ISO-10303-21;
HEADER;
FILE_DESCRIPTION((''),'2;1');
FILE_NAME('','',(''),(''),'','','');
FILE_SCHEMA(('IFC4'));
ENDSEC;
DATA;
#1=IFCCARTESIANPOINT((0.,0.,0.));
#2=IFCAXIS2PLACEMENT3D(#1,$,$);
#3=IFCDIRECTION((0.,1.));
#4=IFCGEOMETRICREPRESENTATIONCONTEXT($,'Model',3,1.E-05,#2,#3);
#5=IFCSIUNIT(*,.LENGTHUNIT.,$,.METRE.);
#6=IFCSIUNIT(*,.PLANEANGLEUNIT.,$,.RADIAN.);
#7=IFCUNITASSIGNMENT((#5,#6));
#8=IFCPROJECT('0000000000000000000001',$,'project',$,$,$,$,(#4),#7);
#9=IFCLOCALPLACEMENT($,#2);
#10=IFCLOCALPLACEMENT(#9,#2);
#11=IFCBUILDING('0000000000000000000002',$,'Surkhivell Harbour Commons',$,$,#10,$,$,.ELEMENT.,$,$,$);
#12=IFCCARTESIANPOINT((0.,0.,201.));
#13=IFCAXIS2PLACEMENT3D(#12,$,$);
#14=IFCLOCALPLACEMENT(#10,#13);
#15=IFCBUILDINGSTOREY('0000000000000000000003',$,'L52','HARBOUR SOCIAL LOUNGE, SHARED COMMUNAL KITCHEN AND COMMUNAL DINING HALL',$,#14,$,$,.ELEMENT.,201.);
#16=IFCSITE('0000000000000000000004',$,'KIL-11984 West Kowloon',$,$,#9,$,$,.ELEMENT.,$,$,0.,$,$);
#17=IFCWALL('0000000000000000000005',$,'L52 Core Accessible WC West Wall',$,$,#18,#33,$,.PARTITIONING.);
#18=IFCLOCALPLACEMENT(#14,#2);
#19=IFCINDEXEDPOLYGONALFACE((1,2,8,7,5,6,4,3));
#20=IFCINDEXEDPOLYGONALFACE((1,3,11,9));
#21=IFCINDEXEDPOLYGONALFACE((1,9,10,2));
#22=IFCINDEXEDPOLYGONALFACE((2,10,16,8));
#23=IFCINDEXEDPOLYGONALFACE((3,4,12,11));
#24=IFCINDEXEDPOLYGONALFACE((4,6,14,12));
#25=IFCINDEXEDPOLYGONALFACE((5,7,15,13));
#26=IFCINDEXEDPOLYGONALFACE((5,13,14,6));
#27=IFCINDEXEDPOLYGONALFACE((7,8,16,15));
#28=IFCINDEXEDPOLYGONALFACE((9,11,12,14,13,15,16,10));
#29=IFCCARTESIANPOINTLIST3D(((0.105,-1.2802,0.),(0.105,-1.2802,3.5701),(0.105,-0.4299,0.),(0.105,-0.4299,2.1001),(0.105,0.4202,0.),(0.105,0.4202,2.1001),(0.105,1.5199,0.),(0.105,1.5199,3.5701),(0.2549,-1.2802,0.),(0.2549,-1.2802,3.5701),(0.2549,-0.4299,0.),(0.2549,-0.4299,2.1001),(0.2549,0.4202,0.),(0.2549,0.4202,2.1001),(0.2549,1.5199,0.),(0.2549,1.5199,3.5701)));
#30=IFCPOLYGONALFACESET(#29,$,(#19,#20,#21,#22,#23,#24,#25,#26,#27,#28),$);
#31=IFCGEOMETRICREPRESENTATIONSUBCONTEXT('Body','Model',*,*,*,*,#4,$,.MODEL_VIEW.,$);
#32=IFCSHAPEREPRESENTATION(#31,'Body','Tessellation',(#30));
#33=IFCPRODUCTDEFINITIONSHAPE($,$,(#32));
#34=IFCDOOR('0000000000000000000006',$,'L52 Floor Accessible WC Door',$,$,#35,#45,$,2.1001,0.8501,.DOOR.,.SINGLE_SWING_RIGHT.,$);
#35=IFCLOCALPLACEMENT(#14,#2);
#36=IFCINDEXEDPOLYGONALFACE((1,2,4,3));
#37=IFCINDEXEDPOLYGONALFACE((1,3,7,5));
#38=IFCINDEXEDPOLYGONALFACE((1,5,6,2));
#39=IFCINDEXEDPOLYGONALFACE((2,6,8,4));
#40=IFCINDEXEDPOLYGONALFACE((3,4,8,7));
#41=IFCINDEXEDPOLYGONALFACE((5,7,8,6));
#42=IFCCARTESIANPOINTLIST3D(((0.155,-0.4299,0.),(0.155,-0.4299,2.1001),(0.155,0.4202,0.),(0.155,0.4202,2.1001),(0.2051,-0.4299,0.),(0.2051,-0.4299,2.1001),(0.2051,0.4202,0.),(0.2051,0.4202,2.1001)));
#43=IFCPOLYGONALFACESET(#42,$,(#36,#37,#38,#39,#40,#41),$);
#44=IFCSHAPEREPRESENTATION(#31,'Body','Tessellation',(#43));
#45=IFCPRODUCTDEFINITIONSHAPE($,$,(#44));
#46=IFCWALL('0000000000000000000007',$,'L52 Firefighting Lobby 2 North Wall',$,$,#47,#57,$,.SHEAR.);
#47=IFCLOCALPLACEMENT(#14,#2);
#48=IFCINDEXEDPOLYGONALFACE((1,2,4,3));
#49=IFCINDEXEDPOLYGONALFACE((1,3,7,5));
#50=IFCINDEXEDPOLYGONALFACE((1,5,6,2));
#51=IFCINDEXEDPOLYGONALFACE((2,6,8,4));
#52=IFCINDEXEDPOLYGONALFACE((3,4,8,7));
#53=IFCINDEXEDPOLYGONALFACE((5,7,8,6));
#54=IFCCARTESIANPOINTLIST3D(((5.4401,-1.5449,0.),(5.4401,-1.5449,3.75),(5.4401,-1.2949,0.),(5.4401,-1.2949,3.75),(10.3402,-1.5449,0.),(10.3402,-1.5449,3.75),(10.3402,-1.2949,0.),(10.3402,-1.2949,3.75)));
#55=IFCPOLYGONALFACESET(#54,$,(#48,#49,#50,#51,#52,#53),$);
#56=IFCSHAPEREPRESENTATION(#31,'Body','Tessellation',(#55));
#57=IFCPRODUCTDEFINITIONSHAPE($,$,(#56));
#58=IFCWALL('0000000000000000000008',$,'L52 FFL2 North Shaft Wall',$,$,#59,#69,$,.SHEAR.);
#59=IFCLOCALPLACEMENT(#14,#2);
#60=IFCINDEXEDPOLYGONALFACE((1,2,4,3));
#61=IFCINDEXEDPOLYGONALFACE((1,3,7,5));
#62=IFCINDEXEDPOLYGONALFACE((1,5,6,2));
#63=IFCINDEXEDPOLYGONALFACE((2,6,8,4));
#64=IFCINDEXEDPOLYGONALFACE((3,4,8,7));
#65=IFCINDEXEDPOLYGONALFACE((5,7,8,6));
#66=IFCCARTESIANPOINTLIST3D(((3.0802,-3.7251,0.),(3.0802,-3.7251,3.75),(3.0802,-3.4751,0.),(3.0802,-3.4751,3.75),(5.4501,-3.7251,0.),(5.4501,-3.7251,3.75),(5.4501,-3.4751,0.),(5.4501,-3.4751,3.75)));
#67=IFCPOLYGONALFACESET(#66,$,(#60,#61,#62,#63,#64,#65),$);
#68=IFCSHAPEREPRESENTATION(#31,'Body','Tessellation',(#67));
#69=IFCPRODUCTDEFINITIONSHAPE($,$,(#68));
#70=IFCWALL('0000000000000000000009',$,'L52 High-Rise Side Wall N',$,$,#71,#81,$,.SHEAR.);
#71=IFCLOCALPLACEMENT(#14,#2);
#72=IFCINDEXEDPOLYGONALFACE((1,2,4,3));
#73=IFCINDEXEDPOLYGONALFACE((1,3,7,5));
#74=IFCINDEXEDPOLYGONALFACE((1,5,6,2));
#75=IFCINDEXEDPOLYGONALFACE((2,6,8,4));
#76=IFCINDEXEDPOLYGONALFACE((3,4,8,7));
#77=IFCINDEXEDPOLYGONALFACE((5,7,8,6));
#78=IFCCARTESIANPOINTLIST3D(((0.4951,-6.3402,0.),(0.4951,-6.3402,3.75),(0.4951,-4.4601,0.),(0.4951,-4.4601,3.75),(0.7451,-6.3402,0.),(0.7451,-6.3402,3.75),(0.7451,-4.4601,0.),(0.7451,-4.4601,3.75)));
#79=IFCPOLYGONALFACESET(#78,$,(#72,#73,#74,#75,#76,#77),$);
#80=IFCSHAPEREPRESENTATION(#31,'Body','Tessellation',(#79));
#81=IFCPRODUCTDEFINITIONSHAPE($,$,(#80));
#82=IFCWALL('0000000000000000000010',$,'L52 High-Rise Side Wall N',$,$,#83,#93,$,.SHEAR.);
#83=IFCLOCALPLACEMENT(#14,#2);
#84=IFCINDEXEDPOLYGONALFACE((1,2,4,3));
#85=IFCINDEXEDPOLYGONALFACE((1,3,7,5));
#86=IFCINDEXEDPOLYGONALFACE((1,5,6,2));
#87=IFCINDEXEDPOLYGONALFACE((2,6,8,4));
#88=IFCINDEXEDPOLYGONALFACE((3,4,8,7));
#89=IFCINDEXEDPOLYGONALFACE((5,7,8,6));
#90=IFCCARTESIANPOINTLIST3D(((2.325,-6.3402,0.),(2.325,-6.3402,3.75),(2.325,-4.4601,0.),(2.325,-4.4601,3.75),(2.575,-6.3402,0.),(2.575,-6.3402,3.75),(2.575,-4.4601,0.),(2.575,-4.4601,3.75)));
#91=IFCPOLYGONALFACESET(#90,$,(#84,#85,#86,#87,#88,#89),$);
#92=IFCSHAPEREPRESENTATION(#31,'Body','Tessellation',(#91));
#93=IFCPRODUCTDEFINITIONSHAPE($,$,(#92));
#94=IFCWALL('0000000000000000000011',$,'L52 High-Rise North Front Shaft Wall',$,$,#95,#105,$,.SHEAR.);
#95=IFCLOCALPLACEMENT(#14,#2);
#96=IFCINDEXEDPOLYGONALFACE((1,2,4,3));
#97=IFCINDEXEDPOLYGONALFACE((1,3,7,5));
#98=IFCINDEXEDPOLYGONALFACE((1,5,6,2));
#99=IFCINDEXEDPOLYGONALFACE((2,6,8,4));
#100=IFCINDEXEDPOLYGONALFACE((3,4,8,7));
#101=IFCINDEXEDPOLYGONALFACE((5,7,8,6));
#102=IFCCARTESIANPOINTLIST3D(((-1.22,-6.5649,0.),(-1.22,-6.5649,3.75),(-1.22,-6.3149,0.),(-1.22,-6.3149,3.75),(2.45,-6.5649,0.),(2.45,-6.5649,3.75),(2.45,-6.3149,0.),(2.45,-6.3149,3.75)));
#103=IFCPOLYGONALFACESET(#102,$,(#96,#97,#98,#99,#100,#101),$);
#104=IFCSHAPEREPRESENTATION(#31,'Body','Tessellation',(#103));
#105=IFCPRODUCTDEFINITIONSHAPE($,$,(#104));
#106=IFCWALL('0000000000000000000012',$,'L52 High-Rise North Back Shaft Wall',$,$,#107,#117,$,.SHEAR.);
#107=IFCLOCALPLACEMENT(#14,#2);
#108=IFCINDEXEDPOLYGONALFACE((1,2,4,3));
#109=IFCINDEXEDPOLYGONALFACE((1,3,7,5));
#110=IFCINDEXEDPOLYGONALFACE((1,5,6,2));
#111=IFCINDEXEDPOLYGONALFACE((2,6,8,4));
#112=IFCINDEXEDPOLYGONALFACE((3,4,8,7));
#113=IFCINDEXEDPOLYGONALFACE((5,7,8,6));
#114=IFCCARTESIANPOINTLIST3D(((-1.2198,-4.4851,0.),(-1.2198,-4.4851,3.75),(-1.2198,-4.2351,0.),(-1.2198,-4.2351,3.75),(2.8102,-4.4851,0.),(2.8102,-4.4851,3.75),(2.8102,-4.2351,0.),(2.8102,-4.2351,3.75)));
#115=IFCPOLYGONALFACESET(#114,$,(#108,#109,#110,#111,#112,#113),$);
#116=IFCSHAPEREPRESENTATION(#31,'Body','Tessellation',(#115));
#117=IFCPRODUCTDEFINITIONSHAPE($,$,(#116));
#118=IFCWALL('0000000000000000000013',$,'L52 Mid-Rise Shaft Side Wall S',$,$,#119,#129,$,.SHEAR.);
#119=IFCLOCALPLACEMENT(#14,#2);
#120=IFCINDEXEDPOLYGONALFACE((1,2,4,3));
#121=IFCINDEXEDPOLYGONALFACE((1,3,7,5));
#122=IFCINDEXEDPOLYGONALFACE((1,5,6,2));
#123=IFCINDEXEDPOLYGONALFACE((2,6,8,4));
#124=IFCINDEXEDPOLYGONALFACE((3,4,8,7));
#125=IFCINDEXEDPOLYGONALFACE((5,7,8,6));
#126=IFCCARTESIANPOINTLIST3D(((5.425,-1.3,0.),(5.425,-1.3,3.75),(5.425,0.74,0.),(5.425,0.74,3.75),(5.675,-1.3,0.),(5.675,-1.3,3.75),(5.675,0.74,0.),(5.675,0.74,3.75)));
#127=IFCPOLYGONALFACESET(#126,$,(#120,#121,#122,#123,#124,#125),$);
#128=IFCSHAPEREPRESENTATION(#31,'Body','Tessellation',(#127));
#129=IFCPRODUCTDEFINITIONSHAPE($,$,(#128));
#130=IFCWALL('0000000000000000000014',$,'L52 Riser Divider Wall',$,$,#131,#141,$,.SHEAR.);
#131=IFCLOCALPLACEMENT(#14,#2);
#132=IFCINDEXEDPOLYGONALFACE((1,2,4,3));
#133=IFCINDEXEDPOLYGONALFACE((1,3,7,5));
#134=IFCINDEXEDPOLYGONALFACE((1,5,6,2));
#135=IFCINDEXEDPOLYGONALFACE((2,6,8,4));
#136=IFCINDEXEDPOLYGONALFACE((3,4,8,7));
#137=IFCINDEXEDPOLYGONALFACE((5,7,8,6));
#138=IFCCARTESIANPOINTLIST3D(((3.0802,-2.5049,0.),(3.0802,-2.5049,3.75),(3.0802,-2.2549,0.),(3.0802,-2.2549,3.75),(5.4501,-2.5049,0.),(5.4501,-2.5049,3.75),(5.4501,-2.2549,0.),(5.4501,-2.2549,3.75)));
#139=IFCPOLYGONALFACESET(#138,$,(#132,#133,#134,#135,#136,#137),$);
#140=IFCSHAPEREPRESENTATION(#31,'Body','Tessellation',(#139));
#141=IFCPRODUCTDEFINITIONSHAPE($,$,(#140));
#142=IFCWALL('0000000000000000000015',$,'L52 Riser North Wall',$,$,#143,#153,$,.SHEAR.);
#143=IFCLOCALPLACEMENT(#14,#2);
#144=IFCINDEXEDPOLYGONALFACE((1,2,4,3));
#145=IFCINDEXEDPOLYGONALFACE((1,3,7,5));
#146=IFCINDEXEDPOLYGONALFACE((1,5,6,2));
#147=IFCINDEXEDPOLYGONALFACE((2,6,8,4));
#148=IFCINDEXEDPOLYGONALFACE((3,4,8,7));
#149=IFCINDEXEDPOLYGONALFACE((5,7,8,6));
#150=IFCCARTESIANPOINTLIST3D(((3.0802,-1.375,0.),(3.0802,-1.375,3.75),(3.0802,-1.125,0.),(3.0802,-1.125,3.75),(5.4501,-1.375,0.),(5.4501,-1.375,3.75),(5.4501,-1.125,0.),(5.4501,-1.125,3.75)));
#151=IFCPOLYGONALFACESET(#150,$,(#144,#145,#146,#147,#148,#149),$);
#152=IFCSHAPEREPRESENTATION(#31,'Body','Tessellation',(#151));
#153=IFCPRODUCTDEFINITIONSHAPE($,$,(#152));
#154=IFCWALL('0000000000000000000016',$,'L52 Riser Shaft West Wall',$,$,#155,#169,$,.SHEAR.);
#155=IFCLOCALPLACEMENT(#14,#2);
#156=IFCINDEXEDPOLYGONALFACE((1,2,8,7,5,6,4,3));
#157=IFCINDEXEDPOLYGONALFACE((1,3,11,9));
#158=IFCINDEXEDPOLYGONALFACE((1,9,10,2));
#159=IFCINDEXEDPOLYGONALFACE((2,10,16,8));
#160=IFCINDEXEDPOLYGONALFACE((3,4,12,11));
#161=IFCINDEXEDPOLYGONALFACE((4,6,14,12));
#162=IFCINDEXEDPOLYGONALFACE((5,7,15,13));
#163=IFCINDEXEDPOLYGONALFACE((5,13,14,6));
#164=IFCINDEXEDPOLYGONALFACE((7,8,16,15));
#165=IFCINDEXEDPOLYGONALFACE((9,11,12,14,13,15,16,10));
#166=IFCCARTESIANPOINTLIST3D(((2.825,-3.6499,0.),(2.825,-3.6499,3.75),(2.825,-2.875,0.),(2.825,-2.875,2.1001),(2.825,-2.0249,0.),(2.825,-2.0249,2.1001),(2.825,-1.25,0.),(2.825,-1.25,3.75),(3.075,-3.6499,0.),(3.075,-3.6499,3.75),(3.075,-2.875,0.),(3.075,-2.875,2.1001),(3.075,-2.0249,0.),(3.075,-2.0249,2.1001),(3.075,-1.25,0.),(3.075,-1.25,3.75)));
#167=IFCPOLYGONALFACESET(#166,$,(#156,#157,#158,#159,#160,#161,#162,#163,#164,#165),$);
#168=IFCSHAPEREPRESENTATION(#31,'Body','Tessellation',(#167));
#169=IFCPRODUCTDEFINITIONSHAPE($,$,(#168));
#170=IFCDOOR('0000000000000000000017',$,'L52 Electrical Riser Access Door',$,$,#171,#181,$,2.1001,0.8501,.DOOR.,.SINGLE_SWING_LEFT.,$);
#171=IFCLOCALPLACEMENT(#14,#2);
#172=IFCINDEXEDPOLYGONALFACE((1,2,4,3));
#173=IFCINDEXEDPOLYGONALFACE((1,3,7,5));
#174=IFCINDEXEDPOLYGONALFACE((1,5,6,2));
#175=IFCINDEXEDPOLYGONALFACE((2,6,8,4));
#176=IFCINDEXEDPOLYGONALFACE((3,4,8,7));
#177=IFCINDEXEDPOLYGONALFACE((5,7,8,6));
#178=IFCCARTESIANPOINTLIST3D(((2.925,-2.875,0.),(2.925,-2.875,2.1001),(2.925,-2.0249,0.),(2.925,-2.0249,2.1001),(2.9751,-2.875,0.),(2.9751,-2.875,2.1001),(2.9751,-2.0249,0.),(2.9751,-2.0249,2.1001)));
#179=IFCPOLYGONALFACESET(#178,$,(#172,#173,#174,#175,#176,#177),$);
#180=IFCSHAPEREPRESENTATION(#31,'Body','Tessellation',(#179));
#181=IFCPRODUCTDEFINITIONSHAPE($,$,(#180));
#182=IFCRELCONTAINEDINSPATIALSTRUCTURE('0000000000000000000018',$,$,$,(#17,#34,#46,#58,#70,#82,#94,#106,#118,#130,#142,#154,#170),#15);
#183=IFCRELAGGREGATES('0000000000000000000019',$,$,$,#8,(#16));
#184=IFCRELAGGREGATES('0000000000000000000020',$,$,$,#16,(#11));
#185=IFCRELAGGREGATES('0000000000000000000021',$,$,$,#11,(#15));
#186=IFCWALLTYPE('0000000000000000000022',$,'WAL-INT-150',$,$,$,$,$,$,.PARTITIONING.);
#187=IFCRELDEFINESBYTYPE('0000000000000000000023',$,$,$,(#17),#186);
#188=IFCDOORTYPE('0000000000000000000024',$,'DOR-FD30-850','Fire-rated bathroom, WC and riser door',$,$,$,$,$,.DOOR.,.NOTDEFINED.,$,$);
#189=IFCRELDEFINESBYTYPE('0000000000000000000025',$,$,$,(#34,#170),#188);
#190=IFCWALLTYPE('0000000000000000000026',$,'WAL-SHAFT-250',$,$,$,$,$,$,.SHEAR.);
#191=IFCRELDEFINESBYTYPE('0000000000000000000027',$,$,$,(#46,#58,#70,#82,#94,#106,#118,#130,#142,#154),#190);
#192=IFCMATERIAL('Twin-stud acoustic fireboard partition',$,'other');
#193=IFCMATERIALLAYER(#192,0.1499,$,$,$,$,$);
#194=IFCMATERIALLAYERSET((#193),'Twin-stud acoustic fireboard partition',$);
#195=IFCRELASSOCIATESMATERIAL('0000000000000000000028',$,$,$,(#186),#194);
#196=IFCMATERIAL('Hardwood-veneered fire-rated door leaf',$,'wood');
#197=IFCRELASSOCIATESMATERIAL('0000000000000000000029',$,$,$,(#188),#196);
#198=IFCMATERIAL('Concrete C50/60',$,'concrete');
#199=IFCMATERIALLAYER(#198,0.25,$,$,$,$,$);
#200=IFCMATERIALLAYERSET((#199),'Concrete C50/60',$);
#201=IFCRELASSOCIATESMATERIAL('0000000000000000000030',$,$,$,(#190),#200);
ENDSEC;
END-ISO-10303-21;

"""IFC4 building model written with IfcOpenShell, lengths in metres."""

from ifc_helpers import new_model, si_unit, direction, frame, frame_2d, origin, place, context, subcontext, project, spatial, rectangle, extrude, material, layer, layer_set, type_object, element, fill, save


model = new_model("IFC4")

# Units and contexts
model_context = context("Model", 3, precision=1e-05, world=origin(), true_north=direction((0.0, 1.0)))
body_context = subcontext(model_context, "Body", "Model", "MODEL_VIEW")
ifc_project = project(units=[si_unit("LENGTHUNIT", "METRE"), si_unit("PLANEANGLEUNIT", "RADIAN")], contexts=[model_context])

# Site, building, storey
site_placement = place(None, origin())
site = spatial("IfcSite", under=ifc_project, at=site_placement, Name="KIL-11984 West Kowloon", CompositionType="ELEMENT", RefElevation=0.0)
building_placement = place(site_placement, origin())
building = spatial("IfcBuilding", under=site, at=building_placement, Name="Surkhivell Harbour Commons", CompositionType="ELEMENT")
storey_placement = place(building_placement, frame((0.0, 0.0, 201.0)))
storey = spatial("IfcBuildingStorey", under=building, at=storey_placement, Name="L52", Description="HARBOUR SOCIAL LOUNGE, SHARED COMMUNAL KITCHEN AND COMMUNAL DINING HALL", CompositionType="ELEMENT", Elevation=201.0)

# Shared definitions
ifc_material_1 = material(Name="Twin-stud acoustic fireboard partition", Category="other")
ifc_layer_1 = layer(ifc_material_1, 0.1499)
ifc_layer_set_1 = layer_set([ifc_layer_1], Name="Twin-stud acoustic fireboard partition")
wall_type_1 = type_object("IfcWallType", Name="WAL-INT-150", PredefinedType="PARTITIONING", material=ifc_layer_set_1)

# Wall, opening, door
wall_1_placement = place(storey_placement, frame((0.1799, -1.28, 0.0), z_axis=(0.0, 0.0, 1.0), x_axis=(0.0, 1.0, 0.0)))
wall_1 = element("IfcWall", 1, at=wall_1_placement, inside=storey, type_object=wall_type_1, Name="L52 Core Accessible WC West Wall", PredefinedType="PARTITIONING", context=body_context, shape_type="SweptSolid", body=[
    extrude(rectangle(XDim=2.8, YDim=0.1499, at=frame_2d((1.3999, 0.0))), origin(), (0.0, 0.0, 1.0), 3.5701),
])
opening_1_placement = place(wall_1_placement, frame((0.8501, 0.0, 0.0)))
opening_1 = element("IfcOpeningElement", 2, at=opening_1_placement, cuts=wall_1, PredefinedType="OPENING", context=body_context, shape_type="SweptSolid", body=[
    extrude(rectangle(XDim=0.8501, YDim=2.1001, at=frame_2d((0.425, 1.05))), frame((0.0, 0.085, 0.0), z_axis=(0.0, -1.0, 0.0), x_axis=(1.0, 0.0, 0.0)), (0.0, 0.0, 1.0), 0.1699),
])
ifc_material_2 = material(Name="Hardwood-veneered fire-rated door leaf", Category="wood")
door_type = type_object("IfcDoorType", Name="DOR-FD30-850", Description="Fire-rated bathroom, WC and riser door", OperationType="NOTDEFINED", PredefinedType="DOOR", material=ifc_material_2)
door_1_placement = place(opening_1_placement, origin())
door_1 = element("IfcDoor", 3, at=door_1_placement, inside=storey, type_object=door_type, Name="L52 Floor Accessible WC Door", OperationType="SINGLE_SWING_RIGHT", OverallHeight=2.1001, OverallWidth=0.8501, PredefinedType="DOOR", context=body_context, shape_type="SweptSolid", body=[
    extrude(rectangle(XDim=0.8501, YDim=2.1001, at=frame_2d((0.425, 1.05))), frame((0.0, 0.0249, 0.0), z_axis=(0.0, -1.0, 0.0), x_axis=(1.0, 0.0, 0.0)), (0.0, 0.0, 1.0), 0.05),
])
fill(opening_1, door_1)

# Walls
ifc_material_3 = material(Name="Concrete C50/60", Category="concrete")
ifc_layer_2 = layer(ifc_material_3, 0.25)
ifc_layer_set_2 = layer_set([ifc_layer_2], Name="Concrete C50/60")
wall_type_2 = type_object("IfcWallType", Name="WAL-SHAFT-250", PredefinedType="SHEAR", material=ifc_layer_set_2)
wall_2_placement = place(storey_placement, frame((5.4399, -1.4199, 0.0), z_axis=(0.0, 0.0, 1.0), x_axis=(1.0, 0.0, 0.0)))
element("IfcWall", 4, at=wall_2_placement, inside=storey, type_object=wall_type_2, Name="L52 Firefighting Lobby 2 North Wall", PredefinedType="SHEAR", context=body_context, shape_type="SweptSolid", body=[
    extrude(rectangle(XDim=4.9001, YDim=0.25, at=frame_2d((2.4502, 0.0))), origin(), (0.0, 0.0, 1.0), 3.75),
])
wall_3_placement = place(storey_placement, frame((3.0801, -3.6001, 0.0), z_axis=(0.0, 0.0, 1.0), x_axis=(1.0, 0.0, 0.0)))
element("IfcWall", 5, at=wall_3_placement, inside=storey, type_object=wall_type_2, Name="L52 FFL2 North Shaft Wall", PredefinedType="SHEAR", context=body_context, shape_type="SweptSolid", body=[
    extrude(rectangle(XDim=2.3699, YDim=0.25, at=frame_2d((1.1851, 0.0))), origin(), (0.0, 0.0, 1.0), 3.75),
])
for number, where, z_axis, x_axis, name in (
    (6, (0.6201, -6.3401, 0.0), (0.0, 0.0, 1.0), (0.0, 1.0, 0.0), "L52 High-Rise Side Wall N"),
    (7, (2.45, -6.3401, 0.0), (0.0, 0.0, 1.0), (0.0, 1.0, 0.0), "L52 High-Rise Side Wall N"),
):
    element("IfcWall", number, at=place(storey_placement, frame(where, z_axis=z_axis, x_axis=x_axis)), inside=storey, type_object=wall_type_2, Name=name, PredefinedType="SHEAR", context=body_context, shape_type="SweptSolid", body=[
        extrude(rectangle(XDim=1.8801, YDim=0.25, at=frame_2d((0.9399, 0.0))), origin(), (0.0, 0.0, 1.0), 3.75),
    ])
wall_4_placement = place(storey_placement, frame((-1.22, -6.4399, 0.0), z_axis=(0.0, 0.0, 1.0), x_axis=(1.0, 0.0, 0.0)))
element("IfcWall", 8, at=wall_4_placement, inside=storey, type_object=wall_type_2, Name="L52 High-Rise North Front Shaft Wall", PredefinedType="SHEAR", context=body_context, shape_type="SweptSolid", body=[
    extrude(rectangle(XDim=3.6699, YDim=0.25, at=frame_2d((1.835, 0.0))), origin(), (0.0, 0.0, 1.0), 3.75),
])
wall_5_placement = place(storey_placement, frame((-1.22, -4.3601, 0.0), z_axis=(0.0, 0.0, 1.0), x_axis=(1.0, 0.0, 0.0)))
element("IfcWall", 9, at=wall_5_placement, inside=storey, type_object=wall_type_2, Name="L52 High-Rise North Back Shaft Wall", PredefinedType="SHEAR", context=body_context, shape_type="SweptSolid", body=[
    extrude(rectangle(XDim=4.03, YDim=0.25, at=frame_2d((2.0151, 0.0))), origin(), (0.0, 0.0, 1.0), 3.75),
])
wall_6_placement = place(storey_placement, frame((5.55, -1.3, 0.0), z_axis=(0.0, 0.0, 1.0), x_axis=(0.0, 1.0, 0.0)))
element("IfcWall", 10, at=wall_6_placement, inside=storey, type_object=wall_type_2, Name="L52 Mid-Rise Shaft Side Wall S", PredefinedType="SHEAR", context=body_context, shape_type="SweptSolid", body=[
    extrude(rectangle(XDim=2.04, YDim=0.25, at=frame_2d((1.02, 0.0))), origin(), (0.0, 0.0, 1.0), 3.75),
])
for number, where, z_axis, x_axis, name in (
    (11, (3.0801, -2.3799, 0.0), (0.0, 0.0, 1.0), (1.0, 0.0, 0.0), "L52 Riser Divider Wall"),
    (12, (3.0801, -1.25, 0.0), (0.0, 0.0, 1.0), (1.0, 0.0, 0.0), "L52 Riser North Wall"),
):
    element("IfcWall", number, at=place(storey_placement, frame(where, z_axis=z_axis, x_axis=x_axis)), inside=storey, type_object=wall_type_2, Name=name, PredefinedType="SHEAR", context=body_context, shape_type="SweptSolid", body=[
        extrude(rectangle(XDim=2.3699, YDim=0.25, at=frame_2d((1.1851, 0.0))), origin(), (0.0, 0.0, 1.0), 3.75),
    ])

# Wall, opening, door
wall_7_placement = place(storey_placement, frame((2.95, -3.6499, 0.0), z_axis=(0.0, 0.0, 1.0), x_axis=(0.0, 1.0, 0.0)))
wall_7 = element("IfcWall", 13, at=wall_7_placement, inside=storey, type_object=wall_type_2, Name="L52 Riser Shaft West Wall", PredefinedType="SHEAR", context=body_context, shape_type="SweptSolid", body=[
    extrude(rectangle(XDim=2.3999, YDim=0.25, at=frame_2d((1.2, 0.0))), origin(), (0.0, 0.0, 1.0), 3.75),
])
opening_2_placement = place(wall_7_placement, frame((0.7749, 0.0, 0.0)))
opening_2 = element("IfcOpeningElement", 14, at=opening_2_placement, cuts=wall_7, PredefinedType="OPENING", context=body_context, shape_type="SweptSolid", body=[
    extrude(rectangle(XDim=0.8501, YDim=2.1001, at=frame_2d((0.425, 1.05))), frame((0.0, 0.135, 0.0), z_axis=(0.0, -1.0, 0.0), x_axis=(1.0, 0.0, 0.0)), (0.0, 0.0, 1.0), 0.27),
])
door_2_placement = place(opening_2_placement, origin())
door_2 = element("IfcDoor", 15, at=door_2_placement, inside=storey, type_object=door_type, Name="L52 Electrical Riser Access Door", OperationType="SINGLE_SWING_LEFT", OverallHeight=2.1001, OverallWidth=0.8501, PredefinedType="DOOR", context=body_context, shape_type="SweptSolid", body=[
    extrude(rectangle(XDim=0.8501, YDim=2.1001, at=frame_2d((0.425, 1.05))), frame((0.0, 0.0249, 0.0), z_axis=(0.0, -1.0, 0.0), x_axis=(1.0, 0.0, 0.0)), (0.0, 0.0, 1.0), 0.05),
])
fill(opening_2, door_2)

save(model, "model.ifc")
